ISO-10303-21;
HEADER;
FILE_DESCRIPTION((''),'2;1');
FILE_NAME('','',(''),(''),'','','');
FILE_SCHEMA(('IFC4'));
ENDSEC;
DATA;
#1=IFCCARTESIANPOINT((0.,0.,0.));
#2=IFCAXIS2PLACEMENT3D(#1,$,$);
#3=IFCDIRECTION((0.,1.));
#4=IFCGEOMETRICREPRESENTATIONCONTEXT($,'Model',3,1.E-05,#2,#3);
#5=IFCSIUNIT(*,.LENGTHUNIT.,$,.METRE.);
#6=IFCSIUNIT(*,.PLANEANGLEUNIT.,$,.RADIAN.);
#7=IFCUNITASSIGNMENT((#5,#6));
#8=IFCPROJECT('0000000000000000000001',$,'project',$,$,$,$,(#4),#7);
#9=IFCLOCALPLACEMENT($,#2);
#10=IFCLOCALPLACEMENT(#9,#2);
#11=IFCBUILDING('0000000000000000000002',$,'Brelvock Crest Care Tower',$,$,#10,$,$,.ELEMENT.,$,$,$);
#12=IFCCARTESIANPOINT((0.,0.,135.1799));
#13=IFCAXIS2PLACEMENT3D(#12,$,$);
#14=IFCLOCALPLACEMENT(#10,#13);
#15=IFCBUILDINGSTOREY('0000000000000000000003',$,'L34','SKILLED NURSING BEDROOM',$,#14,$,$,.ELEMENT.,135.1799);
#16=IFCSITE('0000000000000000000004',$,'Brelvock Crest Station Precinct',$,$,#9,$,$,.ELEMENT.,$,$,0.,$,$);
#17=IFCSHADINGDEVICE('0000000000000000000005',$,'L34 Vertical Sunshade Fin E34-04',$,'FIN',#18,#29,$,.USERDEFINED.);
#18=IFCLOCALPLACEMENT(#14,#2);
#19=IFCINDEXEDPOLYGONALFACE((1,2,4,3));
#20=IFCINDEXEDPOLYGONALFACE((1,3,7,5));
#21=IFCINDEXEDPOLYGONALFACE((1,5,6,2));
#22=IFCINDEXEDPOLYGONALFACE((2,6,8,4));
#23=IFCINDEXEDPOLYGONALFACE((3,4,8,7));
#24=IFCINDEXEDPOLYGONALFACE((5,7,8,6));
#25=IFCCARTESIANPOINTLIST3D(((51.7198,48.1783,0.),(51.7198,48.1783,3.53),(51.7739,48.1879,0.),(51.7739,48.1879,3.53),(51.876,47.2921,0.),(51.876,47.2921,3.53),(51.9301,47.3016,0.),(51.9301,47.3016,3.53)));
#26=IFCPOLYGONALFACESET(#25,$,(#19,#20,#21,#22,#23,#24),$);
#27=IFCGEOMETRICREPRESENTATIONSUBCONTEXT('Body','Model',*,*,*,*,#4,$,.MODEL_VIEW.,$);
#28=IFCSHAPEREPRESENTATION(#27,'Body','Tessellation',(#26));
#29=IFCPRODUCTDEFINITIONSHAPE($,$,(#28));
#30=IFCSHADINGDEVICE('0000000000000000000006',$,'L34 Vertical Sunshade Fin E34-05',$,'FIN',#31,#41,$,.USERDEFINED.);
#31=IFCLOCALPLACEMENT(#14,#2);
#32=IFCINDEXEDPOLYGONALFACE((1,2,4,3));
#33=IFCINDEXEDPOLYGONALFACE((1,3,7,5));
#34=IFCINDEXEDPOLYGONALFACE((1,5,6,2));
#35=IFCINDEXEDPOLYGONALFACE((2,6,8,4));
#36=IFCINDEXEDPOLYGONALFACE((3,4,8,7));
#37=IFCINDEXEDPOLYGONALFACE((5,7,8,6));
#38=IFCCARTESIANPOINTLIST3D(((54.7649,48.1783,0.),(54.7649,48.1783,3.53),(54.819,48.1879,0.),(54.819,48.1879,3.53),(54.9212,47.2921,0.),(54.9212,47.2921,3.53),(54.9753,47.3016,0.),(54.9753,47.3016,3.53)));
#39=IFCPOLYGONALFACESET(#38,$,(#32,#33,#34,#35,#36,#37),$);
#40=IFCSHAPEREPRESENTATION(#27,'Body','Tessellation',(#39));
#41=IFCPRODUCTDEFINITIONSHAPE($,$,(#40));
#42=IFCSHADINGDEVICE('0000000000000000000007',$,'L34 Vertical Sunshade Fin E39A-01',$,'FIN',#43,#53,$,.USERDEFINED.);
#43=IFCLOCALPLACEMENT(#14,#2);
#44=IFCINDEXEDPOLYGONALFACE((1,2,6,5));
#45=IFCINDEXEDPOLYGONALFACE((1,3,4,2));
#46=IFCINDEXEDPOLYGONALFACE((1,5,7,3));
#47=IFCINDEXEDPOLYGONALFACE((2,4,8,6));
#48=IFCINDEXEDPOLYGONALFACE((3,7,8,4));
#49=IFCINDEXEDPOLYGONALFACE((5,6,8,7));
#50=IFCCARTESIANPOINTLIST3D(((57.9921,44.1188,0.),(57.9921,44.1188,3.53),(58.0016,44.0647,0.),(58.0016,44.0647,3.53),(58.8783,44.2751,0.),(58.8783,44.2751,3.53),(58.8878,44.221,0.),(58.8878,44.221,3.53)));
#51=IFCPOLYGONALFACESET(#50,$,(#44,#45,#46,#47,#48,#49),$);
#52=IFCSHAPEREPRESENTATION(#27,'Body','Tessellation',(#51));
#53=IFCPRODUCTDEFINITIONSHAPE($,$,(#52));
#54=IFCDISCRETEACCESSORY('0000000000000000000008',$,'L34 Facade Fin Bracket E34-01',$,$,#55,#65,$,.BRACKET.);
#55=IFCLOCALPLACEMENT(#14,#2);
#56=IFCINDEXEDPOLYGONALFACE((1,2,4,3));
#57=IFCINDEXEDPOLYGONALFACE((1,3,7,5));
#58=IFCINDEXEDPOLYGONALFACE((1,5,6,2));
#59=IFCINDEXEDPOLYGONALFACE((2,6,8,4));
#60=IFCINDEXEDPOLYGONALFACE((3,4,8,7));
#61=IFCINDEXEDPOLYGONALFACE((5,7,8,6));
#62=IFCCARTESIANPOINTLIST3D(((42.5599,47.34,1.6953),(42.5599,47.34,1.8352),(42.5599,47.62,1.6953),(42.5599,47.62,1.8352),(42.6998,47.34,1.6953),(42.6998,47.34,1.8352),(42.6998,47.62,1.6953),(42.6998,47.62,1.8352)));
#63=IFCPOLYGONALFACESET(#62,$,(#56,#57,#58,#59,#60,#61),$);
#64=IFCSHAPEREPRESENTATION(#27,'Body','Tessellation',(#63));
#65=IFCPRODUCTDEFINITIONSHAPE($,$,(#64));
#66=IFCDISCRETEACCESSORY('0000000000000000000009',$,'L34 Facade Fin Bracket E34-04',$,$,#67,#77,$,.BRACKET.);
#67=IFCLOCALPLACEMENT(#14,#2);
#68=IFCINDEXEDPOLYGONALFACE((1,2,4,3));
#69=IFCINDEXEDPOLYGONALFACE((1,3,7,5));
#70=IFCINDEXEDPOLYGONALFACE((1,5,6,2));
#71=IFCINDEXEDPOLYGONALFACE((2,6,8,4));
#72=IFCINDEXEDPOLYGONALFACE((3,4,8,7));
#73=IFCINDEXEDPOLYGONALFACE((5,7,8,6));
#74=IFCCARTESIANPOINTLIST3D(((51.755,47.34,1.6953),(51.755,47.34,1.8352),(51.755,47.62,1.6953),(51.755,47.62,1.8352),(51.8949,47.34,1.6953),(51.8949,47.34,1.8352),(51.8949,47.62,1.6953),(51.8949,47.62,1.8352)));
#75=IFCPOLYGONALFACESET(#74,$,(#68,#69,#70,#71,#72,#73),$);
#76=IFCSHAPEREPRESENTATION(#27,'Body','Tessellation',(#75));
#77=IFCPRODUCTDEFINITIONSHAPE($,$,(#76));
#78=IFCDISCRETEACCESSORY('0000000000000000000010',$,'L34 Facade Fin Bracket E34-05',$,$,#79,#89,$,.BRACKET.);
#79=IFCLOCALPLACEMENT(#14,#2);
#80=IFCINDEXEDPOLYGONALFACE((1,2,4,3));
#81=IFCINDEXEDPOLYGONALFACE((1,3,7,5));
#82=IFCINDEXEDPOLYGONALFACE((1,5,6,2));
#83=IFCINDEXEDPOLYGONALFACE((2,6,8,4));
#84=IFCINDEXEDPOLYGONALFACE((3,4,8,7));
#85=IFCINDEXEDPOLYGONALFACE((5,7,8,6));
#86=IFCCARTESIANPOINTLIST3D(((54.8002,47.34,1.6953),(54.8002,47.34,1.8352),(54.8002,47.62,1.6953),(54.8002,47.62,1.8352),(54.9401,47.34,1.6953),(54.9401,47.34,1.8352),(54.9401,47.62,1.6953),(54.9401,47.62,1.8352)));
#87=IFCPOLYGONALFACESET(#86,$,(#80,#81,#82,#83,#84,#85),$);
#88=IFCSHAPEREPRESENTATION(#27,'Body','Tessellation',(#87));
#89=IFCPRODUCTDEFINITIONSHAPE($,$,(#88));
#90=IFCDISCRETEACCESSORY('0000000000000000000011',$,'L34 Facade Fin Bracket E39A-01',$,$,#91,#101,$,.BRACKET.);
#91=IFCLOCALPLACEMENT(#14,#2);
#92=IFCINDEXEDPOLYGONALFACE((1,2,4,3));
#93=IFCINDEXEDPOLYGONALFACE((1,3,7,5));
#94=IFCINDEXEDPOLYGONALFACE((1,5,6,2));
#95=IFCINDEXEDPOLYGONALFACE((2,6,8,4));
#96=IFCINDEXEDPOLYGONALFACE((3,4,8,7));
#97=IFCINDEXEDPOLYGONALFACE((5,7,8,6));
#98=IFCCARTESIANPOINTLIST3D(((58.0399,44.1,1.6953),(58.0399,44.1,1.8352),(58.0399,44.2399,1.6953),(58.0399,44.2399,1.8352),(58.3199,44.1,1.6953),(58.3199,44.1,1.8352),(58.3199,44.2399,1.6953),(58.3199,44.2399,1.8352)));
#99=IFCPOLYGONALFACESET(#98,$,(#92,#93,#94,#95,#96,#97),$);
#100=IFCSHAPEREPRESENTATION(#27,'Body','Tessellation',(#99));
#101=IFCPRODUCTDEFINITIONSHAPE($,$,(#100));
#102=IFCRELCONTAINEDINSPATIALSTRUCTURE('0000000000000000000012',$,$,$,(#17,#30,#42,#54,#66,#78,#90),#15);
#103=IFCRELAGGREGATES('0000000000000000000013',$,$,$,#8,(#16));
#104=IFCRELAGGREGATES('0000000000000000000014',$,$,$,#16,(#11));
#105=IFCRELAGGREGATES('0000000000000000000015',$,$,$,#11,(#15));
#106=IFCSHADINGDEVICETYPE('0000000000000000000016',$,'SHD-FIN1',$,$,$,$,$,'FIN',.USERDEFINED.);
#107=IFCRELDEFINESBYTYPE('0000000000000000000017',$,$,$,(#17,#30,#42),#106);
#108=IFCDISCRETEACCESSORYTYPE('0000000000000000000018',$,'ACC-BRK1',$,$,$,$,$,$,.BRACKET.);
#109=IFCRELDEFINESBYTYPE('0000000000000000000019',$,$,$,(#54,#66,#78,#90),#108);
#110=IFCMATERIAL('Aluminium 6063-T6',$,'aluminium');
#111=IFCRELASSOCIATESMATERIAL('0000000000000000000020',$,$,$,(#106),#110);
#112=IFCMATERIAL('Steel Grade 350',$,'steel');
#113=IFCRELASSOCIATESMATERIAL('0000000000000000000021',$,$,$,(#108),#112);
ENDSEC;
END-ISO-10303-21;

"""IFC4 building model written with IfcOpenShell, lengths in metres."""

from ifc_helpers import new_model, si_unit, direction, frame, origin, origin_2d, place, context, subcontext, project, spatial, rectangle, extrude, source, transform, mapped, material, material_profile, profile_set, type_object, element, save


model = new_model("IFC4")

# Units and contexts
model_context = context("Model", 3, precision=1e-05, world=origin(), true_north=direction((0.0, 1.0)))
body_context = subcontext(model_context, "Body", "Model", "MODEL_VIEW")
ifc_project = project(units=[si_unit("LENGTHUNIT", "METRE"), si_unit("PLANEANGLEUNIT", "RADIAN")], contexts=[model_context])

# Site, building, storey
site_placement = place(None, origin())
site = spatial("IfcSite", under=ifc_project, at=site_placement, Name="Brelvock Crest Station Precinct", CompositionType="ELEMENT", RefElevation=0.0)
building_placement = place(site_placement, origin())
building = spatial("IfcBuilding", under=site, at=building_placement, Name="Brelvock Crest Care Tower", CompositionType="ELEMENT")
storey_placement = place(building_placement, frame((0.0, 0.0, 135.1799)))
storey = spatial("IfcBuildingStorey", under=building, at=storey_placement, Name="L34", Description="SKILLED NURSING BEDROOM", CompositionType="ELEMENT", Elevation=135.1799)

# Shared definitions
ifc_material_1 = material(Name="Aluminium 6063-T6", Category="aluminium")

# Shading devices
ifc_material_profile_1 = material_profile(ifc_material_1, rectangle(XDim=0.0549, YDim=0.8999, at=origin_2d()), Name="FIN55x900")
ifc_profile_set_1 = profile_set([ifc_material_profile_1], Name="Aluminium 6063-T6")
shading_device_type = type_object("IfcShadingDeviceType", Name="SHD-FIN1", ElementType="FIN", PredefinedType="USERDEFINED", material=ifc_profile_set_1)
shared_shape_1 = source(origin(), body_context, "Body", "SweptSolid", [
    extrude(rectangle(XDim=0.0549, YDim=0.8999, at=origin_2d()), origin(), (0.0, 0.0, 1.0), 3.53),
])
for number, where, z_axis, x_axis, name in (
    (1, (51.825, 47.74, 0.0), (0.0, 0.0, 1.0), (0.984808, 0.173648, 0.0), "L34 Vertical Sunshade Fin E34-04"),
    (2, (54.8701, 47.74, 0.0), (0.0, 0.0, 1.0), (0.984808, 0.173648, 0.0), "L34 Vertical Sunshade Fin E34-05"),
    (3, (58.4399, 44.1699, 0.0), (0.0, 0.0, 1.0), (0.173648, -0.984808, 0.0), "L34 Vertical Sunshade Fin E39A-01"),
):
    element("IfcShadingDevice", number, at=place(storey_placement, frame(where, z_axis=z_axis, x_axis=x_axis)), inside=storey, type_object=shading_device_type, Name=name, ObjectType="FIN", PredefinedType="USERDEFINED", context=body_context, shape_type="MappedRepresentation", body=[
        mapped(shared_shape_1, transform((0.0, 0.0, 0.0), x_axis=(1.0, 0.0, 0.0), y_axis=(0.0, 1.0, 0.0), z_axis=(0.0, 0.0, 1.0), scale=1.0)),
    ])

# Discrete accessories
ifc_material_2 = material(Name="Steel Grade 350", Category="steel")
discrete_accessory_type = type_object("IfcDiscreteAccessoryType", Name="ACC-BRK1", PredefinedType="BRACKET", material=ifc_material_2)
shared_shape_2 = source(origin(), body_context, "Body", "SweptSolid", [
    extrude(rectangle(XDim=0.28, YDim=0.1399, at=origin_2d()), origin(), (0.0, 0.0, 1.0), 0.1399),
])
for number, where, z_axis, x_axis, name in (
    (4, (42.6299, 47.48, 1.6953), (0.0, 0.0, 1.0), (0.0, 1.0, 0.0), "L34 Facade Fin Bracket E34-01"),
    (5, (51.825, 47.48, 1.6953), (0.0, 0.0, 1.0), (0.0, 1.0, 0.0), "L34 Facade Fin Bracket E34-04"),
    (6, (54.8701, 47.48, 1.6953), (0.0, 0.0, 1.0), (0.0, 1.0, 0.0), "L34 Facade Fin Bracket E34-05"),
    (7, (58.1799, 44.1699, 1.6953), (0.0, 0.0, 1.0), (1.0, 0.0, 0.0), "L34 Facade Fin Bracket E39A-01"),
):
    element("IfcDiscreteAccessory", number, at=place(storey_placement, frame(where, z_axis=z_axis, x_axis=x_axis)), inside=storey, type_object=discrete_accessory_type, Name=name, PredefinedType="BRACKET", context=body_context, shape_type="MappedRepresentation", body=[
        mapped(shared_shape_2, transform((0.0, 0.0, 0.0), x_axis=(1.0, 0.0, 0.0), y_axis=(0.0, 1.0, 0.0), z_axis=(0.0, 0.0, 1.0), scale=1.0)),
    ])

save(model, "model.ifc")
